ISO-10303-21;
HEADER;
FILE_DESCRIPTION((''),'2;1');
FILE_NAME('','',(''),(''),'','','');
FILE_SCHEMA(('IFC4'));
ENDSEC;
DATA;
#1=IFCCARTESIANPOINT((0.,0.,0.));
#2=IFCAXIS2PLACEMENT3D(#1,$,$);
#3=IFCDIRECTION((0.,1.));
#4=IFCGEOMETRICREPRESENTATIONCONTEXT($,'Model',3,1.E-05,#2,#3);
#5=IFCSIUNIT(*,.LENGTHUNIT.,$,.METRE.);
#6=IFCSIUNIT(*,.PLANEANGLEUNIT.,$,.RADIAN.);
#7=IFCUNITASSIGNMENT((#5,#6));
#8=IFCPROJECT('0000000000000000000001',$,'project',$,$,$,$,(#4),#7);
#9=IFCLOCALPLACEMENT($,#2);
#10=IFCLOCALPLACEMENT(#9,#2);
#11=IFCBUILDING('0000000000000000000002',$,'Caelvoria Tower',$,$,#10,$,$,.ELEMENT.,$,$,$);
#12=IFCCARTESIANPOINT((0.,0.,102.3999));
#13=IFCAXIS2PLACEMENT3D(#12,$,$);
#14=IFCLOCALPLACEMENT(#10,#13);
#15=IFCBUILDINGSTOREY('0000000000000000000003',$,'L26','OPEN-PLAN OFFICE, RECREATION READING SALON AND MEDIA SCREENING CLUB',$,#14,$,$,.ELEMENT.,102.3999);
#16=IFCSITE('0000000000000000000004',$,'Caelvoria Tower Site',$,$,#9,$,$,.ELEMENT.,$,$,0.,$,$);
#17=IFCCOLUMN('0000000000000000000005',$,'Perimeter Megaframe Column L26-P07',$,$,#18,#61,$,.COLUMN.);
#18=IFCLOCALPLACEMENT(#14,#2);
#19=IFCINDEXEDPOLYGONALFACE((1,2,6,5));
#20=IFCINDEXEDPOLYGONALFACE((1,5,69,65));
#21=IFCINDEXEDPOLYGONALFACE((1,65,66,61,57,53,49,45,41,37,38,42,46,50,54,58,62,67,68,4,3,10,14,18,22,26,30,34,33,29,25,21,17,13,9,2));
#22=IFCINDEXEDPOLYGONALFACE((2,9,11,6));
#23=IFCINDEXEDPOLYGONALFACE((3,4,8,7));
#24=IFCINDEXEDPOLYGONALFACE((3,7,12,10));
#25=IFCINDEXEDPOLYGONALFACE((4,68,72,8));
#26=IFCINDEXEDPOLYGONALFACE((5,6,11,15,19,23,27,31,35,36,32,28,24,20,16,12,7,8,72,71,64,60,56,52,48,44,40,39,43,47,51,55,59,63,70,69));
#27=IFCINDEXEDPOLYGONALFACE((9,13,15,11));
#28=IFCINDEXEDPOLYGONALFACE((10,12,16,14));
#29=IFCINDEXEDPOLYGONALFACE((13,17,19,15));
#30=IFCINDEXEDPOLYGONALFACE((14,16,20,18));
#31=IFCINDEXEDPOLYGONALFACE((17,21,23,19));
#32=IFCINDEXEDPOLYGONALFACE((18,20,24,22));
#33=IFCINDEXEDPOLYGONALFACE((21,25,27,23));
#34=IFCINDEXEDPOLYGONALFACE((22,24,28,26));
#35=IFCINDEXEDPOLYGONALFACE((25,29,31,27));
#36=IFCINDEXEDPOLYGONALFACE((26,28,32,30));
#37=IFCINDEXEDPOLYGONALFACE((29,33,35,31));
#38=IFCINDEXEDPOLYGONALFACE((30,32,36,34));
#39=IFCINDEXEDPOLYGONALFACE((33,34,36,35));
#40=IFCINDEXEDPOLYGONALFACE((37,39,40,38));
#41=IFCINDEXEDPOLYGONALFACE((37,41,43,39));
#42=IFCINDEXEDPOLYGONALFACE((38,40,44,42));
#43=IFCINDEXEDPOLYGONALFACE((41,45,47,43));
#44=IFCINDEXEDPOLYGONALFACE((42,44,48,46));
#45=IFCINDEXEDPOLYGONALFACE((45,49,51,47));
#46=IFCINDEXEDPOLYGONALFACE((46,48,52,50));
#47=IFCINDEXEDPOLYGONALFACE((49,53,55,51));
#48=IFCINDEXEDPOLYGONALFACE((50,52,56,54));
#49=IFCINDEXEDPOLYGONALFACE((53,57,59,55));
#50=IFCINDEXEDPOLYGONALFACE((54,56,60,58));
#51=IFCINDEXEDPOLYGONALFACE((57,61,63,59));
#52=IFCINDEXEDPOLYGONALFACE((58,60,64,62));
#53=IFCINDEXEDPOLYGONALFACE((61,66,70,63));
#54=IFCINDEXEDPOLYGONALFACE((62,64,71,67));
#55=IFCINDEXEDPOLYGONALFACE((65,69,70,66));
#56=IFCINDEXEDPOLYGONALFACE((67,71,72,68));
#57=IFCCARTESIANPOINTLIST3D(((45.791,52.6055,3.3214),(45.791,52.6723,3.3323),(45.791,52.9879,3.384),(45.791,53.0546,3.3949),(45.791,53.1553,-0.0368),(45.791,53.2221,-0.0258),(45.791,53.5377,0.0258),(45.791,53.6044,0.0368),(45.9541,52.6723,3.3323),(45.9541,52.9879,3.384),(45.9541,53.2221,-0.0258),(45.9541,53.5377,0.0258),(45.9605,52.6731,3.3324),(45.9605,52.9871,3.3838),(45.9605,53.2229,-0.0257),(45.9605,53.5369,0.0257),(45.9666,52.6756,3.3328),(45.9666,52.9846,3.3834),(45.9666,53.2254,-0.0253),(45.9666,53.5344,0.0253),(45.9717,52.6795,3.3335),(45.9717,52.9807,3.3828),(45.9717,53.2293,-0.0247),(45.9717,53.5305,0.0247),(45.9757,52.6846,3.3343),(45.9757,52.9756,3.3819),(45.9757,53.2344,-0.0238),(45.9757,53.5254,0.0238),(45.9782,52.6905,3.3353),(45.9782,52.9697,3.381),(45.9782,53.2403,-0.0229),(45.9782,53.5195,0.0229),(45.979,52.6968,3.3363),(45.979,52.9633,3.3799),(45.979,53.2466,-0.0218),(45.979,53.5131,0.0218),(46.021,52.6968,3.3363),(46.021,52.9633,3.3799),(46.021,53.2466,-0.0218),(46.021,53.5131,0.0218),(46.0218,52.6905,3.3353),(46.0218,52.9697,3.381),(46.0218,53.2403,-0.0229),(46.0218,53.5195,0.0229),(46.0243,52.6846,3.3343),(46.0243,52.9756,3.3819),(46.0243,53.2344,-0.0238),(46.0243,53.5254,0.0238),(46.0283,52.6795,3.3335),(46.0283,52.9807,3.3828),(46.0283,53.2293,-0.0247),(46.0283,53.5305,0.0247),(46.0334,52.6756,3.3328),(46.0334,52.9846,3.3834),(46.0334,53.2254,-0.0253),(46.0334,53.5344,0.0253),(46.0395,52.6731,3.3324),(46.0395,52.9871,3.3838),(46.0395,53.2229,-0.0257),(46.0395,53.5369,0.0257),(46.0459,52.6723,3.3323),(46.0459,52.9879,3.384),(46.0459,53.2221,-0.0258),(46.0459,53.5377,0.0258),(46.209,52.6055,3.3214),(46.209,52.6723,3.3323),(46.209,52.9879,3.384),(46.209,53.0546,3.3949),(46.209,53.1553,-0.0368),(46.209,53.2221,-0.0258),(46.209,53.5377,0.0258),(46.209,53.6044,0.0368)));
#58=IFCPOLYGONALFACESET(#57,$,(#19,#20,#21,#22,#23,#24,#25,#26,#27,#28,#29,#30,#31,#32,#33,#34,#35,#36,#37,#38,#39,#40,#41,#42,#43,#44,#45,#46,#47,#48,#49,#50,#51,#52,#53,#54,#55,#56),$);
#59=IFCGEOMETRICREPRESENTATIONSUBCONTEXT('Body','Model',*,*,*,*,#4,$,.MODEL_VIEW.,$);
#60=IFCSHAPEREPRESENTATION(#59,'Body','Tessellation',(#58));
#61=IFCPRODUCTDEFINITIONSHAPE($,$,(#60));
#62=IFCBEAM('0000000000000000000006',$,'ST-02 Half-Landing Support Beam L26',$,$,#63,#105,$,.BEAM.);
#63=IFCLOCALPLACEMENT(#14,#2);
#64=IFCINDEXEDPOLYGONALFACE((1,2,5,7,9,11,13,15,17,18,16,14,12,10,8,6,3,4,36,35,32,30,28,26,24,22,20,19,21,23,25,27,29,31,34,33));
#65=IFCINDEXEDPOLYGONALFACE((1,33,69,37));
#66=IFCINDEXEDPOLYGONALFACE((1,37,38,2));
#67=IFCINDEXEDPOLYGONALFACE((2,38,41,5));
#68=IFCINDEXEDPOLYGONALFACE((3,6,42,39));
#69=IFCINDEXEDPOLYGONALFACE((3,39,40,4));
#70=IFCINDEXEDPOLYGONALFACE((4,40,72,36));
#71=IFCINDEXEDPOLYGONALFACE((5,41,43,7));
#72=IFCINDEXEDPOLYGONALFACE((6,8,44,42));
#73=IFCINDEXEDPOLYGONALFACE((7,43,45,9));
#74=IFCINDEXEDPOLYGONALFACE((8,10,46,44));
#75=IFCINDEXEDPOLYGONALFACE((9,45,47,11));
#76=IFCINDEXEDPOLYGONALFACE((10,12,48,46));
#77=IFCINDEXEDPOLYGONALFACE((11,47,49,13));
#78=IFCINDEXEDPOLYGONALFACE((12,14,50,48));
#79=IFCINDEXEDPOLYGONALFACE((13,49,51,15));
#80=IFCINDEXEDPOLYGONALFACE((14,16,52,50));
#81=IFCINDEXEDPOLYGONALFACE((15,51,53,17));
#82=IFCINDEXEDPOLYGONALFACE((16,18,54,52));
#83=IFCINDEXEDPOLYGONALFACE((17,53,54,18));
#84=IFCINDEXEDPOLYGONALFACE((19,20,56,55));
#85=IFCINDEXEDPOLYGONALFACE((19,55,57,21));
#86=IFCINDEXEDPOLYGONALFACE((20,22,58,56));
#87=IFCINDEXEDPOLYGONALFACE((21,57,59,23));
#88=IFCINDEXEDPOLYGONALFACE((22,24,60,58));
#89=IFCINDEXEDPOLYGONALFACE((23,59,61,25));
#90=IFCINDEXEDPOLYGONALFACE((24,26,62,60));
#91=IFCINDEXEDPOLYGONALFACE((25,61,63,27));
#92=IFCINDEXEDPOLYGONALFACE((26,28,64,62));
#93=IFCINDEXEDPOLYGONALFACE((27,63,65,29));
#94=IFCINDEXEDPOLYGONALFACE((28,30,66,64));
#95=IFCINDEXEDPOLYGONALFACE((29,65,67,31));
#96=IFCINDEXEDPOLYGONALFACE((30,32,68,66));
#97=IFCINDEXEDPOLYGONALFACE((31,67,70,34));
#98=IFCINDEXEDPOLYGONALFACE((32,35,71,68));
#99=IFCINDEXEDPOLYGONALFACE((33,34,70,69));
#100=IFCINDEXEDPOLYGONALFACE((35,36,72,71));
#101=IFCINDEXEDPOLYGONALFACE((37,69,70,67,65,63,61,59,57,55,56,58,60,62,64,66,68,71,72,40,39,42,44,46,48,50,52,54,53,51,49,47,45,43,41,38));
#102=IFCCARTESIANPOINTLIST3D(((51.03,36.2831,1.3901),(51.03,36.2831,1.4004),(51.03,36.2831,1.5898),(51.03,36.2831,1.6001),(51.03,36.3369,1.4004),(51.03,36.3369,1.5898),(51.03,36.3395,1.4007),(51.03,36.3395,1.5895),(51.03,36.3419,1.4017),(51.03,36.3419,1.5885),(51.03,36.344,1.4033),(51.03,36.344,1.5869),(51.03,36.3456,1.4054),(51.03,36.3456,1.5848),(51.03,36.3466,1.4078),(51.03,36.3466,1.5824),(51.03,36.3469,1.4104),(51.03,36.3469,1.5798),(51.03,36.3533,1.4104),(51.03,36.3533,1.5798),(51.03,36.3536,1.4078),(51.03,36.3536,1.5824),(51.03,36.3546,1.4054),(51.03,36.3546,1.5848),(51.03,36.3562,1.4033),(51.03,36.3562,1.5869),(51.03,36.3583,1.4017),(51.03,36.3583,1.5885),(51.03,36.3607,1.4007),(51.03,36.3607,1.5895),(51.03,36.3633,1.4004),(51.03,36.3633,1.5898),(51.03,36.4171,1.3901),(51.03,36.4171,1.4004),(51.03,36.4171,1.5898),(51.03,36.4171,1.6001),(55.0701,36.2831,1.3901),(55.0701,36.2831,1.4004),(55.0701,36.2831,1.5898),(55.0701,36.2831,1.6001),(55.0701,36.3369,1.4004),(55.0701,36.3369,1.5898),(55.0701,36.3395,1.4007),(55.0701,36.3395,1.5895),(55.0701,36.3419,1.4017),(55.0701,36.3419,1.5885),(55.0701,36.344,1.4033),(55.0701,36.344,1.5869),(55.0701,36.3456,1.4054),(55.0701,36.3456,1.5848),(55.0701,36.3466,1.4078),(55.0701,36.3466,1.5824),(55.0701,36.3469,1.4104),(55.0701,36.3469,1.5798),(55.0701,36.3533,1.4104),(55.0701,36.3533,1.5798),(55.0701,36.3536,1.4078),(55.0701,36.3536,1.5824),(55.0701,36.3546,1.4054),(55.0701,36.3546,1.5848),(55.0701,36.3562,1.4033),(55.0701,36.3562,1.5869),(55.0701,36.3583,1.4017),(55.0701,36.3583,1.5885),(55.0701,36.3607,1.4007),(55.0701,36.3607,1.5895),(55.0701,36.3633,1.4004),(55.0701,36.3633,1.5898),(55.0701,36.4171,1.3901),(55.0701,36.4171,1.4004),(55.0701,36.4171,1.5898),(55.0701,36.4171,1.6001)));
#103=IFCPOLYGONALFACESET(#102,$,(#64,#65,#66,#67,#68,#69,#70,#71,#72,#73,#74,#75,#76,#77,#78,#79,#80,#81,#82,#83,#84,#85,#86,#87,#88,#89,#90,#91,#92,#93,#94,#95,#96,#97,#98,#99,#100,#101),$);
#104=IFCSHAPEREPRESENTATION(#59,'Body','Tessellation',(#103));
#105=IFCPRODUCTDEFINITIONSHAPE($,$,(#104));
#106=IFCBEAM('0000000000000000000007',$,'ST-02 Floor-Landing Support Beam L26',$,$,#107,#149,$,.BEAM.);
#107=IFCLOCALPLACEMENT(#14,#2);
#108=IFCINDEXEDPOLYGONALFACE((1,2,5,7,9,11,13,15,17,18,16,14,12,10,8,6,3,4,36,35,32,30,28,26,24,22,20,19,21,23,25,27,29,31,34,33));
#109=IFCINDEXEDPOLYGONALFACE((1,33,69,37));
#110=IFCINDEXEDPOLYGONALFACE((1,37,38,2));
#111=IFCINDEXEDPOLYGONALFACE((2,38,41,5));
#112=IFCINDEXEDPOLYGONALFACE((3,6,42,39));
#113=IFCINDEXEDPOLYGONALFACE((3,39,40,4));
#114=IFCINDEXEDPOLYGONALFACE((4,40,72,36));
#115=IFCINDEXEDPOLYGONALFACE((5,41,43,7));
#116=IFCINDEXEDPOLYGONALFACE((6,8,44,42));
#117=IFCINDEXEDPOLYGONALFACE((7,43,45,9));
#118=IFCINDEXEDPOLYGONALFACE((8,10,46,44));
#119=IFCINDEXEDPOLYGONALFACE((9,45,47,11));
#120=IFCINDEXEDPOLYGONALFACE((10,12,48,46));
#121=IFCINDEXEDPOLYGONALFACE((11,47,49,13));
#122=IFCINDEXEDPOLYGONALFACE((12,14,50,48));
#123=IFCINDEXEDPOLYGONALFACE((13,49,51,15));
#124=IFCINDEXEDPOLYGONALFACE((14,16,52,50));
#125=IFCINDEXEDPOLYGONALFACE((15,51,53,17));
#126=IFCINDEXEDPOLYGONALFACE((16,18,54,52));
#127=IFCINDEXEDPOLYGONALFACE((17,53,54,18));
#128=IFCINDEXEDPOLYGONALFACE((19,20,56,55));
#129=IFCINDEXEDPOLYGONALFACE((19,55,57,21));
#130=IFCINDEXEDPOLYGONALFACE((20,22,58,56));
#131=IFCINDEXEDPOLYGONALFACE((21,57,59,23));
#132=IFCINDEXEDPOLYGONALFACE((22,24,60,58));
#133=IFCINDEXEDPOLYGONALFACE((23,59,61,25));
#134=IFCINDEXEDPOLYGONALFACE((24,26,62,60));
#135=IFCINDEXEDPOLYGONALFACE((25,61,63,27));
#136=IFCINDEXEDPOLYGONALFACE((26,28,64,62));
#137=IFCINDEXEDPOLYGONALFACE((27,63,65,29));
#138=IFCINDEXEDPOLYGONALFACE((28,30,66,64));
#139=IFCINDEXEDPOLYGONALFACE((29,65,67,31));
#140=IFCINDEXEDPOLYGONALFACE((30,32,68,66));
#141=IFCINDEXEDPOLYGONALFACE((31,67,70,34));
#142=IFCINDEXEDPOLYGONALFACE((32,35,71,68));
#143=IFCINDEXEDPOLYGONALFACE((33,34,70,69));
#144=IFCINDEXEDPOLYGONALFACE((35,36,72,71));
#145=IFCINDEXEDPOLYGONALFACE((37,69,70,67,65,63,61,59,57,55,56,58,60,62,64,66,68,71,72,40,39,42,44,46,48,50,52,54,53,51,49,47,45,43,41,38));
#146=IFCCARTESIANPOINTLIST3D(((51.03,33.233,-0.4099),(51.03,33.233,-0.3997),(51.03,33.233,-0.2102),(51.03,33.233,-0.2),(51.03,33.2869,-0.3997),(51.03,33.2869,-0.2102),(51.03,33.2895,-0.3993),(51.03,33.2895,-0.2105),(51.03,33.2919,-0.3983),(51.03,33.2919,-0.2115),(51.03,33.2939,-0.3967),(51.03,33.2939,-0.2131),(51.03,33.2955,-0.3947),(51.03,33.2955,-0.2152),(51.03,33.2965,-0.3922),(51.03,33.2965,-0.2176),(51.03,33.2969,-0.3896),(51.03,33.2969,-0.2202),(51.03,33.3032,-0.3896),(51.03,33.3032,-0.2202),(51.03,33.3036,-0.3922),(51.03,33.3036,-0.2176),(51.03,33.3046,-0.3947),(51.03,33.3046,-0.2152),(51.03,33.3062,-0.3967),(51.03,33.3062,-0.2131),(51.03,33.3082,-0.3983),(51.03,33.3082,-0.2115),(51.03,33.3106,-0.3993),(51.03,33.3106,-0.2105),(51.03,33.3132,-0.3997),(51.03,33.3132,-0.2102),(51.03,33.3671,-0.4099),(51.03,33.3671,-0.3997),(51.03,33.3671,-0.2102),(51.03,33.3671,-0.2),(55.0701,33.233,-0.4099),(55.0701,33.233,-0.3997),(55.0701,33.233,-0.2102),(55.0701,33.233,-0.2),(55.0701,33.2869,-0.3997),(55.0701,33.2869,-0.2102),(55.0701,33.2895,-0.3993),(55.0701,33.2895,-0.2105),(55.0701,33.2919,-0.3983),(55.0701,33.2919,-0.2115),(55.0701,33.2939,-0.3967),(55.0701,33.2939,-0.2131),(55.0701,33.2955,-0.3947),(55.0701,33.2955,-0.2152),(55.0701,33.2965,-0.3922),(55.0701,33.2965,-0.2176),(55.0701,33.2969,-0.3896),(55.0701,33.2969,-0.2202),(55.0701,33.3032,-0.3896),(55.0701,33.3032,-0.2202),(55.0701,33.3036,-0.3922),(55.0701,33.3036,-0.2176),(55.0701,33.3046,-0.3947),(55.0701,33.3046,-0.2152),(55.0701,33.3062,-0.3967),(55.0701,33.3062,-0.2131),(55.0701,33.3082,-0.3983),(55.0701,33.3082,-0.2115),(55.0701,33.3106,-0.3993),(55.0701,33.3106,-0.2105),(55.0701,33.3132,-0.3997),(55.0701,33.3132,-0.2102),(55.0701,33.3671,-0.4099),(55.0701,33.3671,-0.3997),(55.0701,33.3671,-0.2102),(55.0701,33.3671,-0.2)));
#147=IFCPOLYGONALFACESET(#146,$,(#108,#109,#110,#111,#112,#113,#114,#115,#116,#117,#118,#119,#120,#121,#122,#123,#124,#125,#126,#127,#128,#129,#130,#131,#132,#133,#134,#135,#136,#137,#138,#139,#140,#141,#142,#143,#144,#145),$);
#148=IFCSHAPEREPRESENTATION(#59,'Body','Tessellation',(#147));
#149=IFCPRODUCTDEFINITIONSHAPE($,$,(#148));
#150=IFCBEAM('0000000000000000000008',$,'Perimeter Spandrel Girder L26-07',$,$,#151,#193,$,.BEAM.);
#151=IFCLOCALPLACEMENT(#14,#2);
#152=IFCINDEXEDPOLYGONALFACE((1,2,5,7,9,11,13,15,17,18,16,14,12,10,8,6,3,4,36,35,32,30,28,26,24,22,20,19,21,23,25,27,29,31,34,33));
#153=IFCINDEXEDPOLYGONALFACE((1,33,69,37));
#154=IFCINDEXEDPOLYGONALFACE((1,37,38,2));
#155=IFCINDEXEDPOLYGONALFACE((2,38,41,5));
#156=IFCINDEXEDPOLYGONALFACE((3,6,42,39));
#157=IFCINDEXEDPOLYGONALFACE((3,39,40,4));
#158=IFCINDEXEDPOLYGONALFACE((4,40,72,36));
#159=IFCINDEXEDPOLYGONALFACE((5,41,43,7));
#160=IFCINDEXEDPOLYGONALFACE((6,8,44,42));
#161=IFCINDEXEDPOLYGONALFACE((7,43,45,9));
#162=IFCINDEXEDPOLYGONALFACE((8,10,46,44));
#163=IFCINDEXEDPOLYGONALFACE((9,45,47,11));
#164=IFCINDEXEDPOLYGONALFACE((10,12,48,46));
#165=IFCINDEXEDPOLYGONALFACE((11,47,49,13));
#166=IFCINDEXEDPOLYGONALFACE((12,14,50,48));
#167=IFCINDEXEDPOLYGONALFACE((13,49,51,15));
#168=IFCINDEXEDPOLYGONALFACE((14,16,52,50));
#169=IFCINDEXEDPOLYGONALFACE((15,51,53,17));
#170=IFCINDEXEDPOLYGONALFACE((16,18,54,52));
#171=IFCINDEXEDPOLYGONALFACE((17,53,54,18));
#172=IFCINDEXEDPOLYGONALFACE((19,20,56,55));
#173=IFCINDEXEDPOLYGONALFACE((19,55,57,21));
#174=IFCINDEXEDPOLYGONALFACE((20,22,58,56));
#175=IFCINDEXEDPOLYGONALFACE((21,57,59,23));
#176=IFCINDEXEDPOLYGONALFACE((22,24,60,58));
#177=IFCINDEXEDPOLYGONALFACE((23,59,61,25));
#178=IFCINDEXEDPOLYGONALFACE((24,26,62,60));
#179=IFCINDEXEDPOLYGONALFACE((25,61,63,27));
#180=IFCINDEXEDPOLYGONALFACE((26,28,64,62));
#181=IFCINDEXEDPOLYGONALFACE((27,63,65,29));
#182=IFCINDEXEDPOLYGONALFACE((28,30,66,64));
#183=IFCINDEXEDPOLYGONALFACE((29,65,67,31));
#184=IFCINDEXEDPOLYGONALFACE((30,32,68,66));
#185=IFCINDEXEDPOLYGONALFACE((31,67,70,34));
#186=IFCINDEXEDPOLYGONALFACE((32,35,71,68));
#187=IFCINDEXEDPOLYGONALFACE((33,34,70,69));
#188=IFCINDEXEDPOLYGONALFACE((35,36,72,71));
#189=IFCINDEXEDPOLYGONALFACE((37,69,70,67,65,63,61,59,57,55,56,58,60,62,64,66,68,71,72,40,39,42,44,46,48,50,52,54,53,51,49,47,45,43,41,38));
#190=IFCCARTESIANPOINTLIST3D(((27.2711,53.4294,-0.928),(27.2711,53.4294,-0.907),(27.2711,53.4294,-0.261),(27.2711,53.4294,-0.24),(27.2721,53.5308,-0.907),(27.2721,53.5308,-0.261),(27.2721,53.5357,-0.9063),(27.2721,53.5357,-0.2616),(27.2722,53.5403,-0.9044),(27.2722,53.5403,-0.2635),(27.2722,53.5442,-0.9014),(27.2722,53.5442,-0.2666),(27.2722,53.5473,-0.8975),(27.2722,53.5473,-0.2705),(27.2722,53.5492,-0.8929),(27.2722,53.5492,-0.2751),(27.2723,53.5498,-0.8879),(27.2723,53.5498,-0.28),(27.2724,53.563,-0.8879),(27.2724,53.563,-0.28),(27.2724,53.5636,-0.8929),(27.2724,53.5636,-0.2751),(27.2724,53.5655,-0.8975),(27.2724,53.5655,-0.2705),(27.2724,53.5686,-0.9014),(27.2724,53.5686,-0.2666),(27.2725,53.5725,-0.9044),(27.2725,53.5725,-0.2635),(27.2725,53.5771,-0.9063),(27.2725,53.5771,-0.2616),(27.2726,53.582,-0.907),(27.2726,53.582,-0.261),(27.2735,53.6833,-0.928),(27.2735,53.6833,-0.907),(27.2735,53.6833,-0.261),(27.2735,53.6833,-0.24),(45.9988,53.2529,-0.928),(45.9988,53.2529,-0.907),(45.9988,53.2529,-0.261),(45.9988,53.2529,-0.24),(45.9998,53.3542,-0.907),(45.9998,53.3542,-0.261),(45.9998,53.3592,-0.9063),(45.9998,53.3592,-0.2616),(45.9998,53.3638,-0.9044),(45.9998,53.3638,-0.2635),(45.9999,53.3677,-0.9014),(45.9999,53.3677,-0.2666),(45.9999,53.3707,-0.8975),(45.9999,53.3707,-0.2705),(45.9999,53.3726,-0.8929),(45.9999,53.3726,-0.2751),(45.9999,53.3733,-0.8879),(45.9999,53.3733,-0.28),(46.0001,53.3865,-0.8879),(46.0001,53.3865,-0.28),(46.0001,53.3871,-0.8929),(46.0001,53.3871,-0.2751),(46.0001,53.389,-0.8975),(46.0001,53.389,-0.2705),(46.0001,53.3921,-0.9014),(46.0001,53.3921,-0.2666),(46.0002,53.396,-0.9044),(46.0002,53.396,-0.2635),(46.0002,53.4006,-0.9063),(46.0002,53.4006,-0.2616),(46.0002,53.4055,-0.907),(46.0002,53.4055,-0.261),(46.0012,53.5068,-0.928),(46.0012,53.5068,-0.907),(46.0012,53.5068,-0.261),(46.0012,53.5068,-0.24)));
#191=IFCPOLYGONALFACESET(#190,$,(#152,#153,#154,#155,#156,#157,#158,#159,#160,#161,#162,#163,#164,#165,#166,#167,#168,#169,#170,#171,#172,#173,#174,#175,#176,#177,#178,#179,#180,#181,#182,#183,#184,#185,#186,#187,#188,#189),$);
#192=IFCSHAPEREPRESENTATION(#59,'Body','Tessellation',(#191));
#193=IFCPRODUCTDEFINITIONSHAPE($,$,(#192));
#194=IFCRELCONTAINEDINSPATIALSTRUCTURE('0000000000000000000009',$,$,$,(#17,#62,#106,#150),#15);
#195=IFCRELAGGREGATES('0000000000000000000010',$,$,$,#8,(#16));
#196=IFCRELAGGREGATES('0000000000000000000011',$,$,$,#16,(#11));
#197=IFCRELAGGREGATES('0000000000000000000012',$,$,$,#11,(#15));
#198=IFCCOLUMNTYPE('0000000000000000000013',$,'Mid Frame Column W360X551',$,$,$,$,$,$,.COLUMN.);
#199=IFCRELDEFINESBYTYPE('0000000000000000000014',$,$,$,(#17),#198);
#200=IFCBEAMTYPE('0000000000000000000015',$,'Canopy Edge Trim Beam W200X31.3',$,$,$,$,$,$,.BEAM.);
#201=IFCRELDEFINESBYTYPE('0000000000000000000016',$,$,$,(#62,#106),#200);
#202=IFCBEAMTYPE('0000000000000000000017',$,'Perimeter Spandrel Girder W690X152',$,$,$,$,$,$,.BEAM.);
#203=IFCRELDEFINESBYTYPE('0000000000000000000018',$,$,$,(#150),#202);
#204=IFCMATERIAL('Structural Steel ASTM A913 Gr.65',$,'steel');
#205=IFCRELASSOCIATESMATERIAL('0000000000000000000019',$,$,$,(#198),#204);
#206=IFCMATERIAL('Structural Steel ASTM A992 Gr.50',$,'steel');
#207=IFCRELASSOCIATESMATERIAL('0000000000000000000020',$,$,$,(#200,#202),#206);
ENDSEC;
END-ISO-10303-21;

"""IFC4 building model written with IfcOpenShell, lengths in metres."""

from ifc_helpers import new_model, si_unit, direction, frame, origin, origin_2d, place, context, subcontext, project, spatial, i_section, extrude, material, material_profile, profile_set, type_object, element, save


model = new_model("IFC4")

# Units and contexts
model_context = context("Model", 3, precision=1e-05, world=origin(), true_north=direction((0.0, 1.0)))
body_context = subcontext(model_context, "Body", "Model", "MODEL_VIEW")
ifc_project = project(units=[si_unit("LENGTHUNIT", "METRE"), si_unit("PLANEANGLEUNIT", "RADIAN")], contexts=[model_context])

# Site, building, storey
site_placement = place(None, origin())
site = spatial("IfcSite", under=ifc_project, at=site_placement, Name="Caelvoria Tower Site", CompositionType="ELEMENT", RefElevation=0.0)
building_placement = place(site_placement, origin())
building = spatial("IfcBuilding", under=site, at=building_placement, Name="Caelvoria Tower", CompositionType="ELEMENT")
storey_placement = place(building_placement, frame((0.0, 0.0, 102.3999)))
storey = spatial("IfcBuildingStorey", under=building, at=storey_placement, Name="L26", Description="OPEN-PLAN OFFICE, RECREATION READING SALON AND MEDIA SCREENING CLUB", CompositionType="ELEMENT", Elevation=102.3999)

# Column
ifc_material_1 = material(Name="Structural Steel ASTM A913 Gr.65", Category="steel")
ifc_material_profile_1 = material_profile(ifc_material_1, i_section(OverallWidth=0.418, OverallDepth=0.4551, WebThickness=0.042, FlangeThickness=0.0676, FilletRadius=0.0249, at=origin_2d()), Name="Structural Steel ASTM A913 Gr.65")
ifc_profile_set_1 = profile_set([ifc_material_profile_1], Name="W360X551 - Structural Steel ASTM A913 Gr.65")
column_type = type_object("IfcColumnType", Name="Mid Frame Column W360X551", PredefinedType="COLUMN", material=ifc_profile_set_1)
column_placement = place(storey_placement, frame((46.0, 53.3799, 0.0), z_axis=(0.0, -0.161571, 0.986861), x_axis=(1.0, 0.0, 0.0)))
element("IfcColumn", 1, at=column_placement, inside=storey, type_object=column_type, Name="Perimeter Megaframe Column L26-P07", PredefinedType="COLUMN", context=body_context, shape_type="SweptSolid", body=[
    extrude(i_section(OverallWidth=0.418, OverallDepth=0.4551, WebThickness=0.042, FlangeThickness=0.0676, FilletRadius=0.0249, at=origin_2d()), origin(), (0.0, 0.0, 1.0), 3.4028),
])

# Beams
ifc_material_2 = material(Name="Structural Steel ASTM A992 Gr.50", Category="steel")
ifc_material_profile_2 = material_profile(ifc_material_2, i_section(OverallWidth=0.134, OverallDepth=0.21, WebThickness=0.0063, FlangeThickness=0.0103, FilletRadius=0.01, at=origin_2d()), Name="Structural Steel ASTM A992 Gr.50")
ifc_profile_set_2 = profile_set([ifc_material_profile_2], Name="W200X31.3 - Structural Steel ASTM A992 Gr.50")
beam_type_1 = type_object("IfcBeamType", Name="Canopy Edge Trim Beam W200X31.3", PredefinedType="BEAM", material=ifc_profile_set_2)
for number, where, z_axis, x_axis, name in (
    (2, (51.03, 36.3501, 1.4951), (1.0, 0.0, 0.0), (0.0, 1.0, 0.0), "ST-02 Half-Landing Support Beam L26"),
    (3, (51.03, 33.3, -0.3049), (1.0, 0.0, 0.0), (0.0, 1.0, 0.0), "ST-02 Floor-Landing Support Beam L26"),
):
    element("IfcBeam", number, at=place(storey_placement, frame(where, z_axis=z_axis, x_axis=x_axis)), inside=storey, type_object=beam_type_1, Name=name, PredefinedType="BEAM", context=body_context, shape_type="SweptSolid", body=[
        extrude(i_section(OverallWidth=0.134, OverallDepth=0.21, WebThickness=0.0063, FlangeThickness=0.0103, FilletRadius=0.01, at=origin_2d()), origin(), (0.0, 0.0, 1.0), 4.04),
    ])
ifc_material_profile_3 = material_profile(ifc_material_2, i_section(OverallWidth=0.2539, OverallDepth=0.688, WebThickness=0.0132, FlangeThickness=0.021, FilletRadius=0.019, at=origin_2d()), Name="Structural Steel ASTM A992 Gr.50")
ifc_profile_set_3 = profile_set([ifc_material_profile_3], Name="W690X152 - Structural Steel ASTM A992 Gr.50")
beam_type_2 = type_object("IfcBeamType", Name="Perimeter Spandrel Girder W690X152", PredefinedType="BEAM", material=ifc_profile_set_3)
beam_1_placement = place(storey_placement, frame((46.0, 53.3799, -0.584), z_axis=(-0.999956, 0.009425, 0.0), x_axis=(-0.009425, -0.999956, 0.0)))
element("IfcBeam", 4, at=beam_1_placement, inside=storey, type_object=beam_type_2, Name="Perimeter Spandrel Girder L26-07", PredefinedType="BEAM", context=body_context, shape_type="SweptSolid", body=[
    extrude(i_section(OverallWidth=0.2539, OverallDepth=0.688, WebThickness=0.0132, FlangeThickness=0.021, FilletRadius=0.019, at=origin_2d()), origin(), (0.0, 0.0, 1.0), 18.7285),
])

save(model, "model.ifc")
